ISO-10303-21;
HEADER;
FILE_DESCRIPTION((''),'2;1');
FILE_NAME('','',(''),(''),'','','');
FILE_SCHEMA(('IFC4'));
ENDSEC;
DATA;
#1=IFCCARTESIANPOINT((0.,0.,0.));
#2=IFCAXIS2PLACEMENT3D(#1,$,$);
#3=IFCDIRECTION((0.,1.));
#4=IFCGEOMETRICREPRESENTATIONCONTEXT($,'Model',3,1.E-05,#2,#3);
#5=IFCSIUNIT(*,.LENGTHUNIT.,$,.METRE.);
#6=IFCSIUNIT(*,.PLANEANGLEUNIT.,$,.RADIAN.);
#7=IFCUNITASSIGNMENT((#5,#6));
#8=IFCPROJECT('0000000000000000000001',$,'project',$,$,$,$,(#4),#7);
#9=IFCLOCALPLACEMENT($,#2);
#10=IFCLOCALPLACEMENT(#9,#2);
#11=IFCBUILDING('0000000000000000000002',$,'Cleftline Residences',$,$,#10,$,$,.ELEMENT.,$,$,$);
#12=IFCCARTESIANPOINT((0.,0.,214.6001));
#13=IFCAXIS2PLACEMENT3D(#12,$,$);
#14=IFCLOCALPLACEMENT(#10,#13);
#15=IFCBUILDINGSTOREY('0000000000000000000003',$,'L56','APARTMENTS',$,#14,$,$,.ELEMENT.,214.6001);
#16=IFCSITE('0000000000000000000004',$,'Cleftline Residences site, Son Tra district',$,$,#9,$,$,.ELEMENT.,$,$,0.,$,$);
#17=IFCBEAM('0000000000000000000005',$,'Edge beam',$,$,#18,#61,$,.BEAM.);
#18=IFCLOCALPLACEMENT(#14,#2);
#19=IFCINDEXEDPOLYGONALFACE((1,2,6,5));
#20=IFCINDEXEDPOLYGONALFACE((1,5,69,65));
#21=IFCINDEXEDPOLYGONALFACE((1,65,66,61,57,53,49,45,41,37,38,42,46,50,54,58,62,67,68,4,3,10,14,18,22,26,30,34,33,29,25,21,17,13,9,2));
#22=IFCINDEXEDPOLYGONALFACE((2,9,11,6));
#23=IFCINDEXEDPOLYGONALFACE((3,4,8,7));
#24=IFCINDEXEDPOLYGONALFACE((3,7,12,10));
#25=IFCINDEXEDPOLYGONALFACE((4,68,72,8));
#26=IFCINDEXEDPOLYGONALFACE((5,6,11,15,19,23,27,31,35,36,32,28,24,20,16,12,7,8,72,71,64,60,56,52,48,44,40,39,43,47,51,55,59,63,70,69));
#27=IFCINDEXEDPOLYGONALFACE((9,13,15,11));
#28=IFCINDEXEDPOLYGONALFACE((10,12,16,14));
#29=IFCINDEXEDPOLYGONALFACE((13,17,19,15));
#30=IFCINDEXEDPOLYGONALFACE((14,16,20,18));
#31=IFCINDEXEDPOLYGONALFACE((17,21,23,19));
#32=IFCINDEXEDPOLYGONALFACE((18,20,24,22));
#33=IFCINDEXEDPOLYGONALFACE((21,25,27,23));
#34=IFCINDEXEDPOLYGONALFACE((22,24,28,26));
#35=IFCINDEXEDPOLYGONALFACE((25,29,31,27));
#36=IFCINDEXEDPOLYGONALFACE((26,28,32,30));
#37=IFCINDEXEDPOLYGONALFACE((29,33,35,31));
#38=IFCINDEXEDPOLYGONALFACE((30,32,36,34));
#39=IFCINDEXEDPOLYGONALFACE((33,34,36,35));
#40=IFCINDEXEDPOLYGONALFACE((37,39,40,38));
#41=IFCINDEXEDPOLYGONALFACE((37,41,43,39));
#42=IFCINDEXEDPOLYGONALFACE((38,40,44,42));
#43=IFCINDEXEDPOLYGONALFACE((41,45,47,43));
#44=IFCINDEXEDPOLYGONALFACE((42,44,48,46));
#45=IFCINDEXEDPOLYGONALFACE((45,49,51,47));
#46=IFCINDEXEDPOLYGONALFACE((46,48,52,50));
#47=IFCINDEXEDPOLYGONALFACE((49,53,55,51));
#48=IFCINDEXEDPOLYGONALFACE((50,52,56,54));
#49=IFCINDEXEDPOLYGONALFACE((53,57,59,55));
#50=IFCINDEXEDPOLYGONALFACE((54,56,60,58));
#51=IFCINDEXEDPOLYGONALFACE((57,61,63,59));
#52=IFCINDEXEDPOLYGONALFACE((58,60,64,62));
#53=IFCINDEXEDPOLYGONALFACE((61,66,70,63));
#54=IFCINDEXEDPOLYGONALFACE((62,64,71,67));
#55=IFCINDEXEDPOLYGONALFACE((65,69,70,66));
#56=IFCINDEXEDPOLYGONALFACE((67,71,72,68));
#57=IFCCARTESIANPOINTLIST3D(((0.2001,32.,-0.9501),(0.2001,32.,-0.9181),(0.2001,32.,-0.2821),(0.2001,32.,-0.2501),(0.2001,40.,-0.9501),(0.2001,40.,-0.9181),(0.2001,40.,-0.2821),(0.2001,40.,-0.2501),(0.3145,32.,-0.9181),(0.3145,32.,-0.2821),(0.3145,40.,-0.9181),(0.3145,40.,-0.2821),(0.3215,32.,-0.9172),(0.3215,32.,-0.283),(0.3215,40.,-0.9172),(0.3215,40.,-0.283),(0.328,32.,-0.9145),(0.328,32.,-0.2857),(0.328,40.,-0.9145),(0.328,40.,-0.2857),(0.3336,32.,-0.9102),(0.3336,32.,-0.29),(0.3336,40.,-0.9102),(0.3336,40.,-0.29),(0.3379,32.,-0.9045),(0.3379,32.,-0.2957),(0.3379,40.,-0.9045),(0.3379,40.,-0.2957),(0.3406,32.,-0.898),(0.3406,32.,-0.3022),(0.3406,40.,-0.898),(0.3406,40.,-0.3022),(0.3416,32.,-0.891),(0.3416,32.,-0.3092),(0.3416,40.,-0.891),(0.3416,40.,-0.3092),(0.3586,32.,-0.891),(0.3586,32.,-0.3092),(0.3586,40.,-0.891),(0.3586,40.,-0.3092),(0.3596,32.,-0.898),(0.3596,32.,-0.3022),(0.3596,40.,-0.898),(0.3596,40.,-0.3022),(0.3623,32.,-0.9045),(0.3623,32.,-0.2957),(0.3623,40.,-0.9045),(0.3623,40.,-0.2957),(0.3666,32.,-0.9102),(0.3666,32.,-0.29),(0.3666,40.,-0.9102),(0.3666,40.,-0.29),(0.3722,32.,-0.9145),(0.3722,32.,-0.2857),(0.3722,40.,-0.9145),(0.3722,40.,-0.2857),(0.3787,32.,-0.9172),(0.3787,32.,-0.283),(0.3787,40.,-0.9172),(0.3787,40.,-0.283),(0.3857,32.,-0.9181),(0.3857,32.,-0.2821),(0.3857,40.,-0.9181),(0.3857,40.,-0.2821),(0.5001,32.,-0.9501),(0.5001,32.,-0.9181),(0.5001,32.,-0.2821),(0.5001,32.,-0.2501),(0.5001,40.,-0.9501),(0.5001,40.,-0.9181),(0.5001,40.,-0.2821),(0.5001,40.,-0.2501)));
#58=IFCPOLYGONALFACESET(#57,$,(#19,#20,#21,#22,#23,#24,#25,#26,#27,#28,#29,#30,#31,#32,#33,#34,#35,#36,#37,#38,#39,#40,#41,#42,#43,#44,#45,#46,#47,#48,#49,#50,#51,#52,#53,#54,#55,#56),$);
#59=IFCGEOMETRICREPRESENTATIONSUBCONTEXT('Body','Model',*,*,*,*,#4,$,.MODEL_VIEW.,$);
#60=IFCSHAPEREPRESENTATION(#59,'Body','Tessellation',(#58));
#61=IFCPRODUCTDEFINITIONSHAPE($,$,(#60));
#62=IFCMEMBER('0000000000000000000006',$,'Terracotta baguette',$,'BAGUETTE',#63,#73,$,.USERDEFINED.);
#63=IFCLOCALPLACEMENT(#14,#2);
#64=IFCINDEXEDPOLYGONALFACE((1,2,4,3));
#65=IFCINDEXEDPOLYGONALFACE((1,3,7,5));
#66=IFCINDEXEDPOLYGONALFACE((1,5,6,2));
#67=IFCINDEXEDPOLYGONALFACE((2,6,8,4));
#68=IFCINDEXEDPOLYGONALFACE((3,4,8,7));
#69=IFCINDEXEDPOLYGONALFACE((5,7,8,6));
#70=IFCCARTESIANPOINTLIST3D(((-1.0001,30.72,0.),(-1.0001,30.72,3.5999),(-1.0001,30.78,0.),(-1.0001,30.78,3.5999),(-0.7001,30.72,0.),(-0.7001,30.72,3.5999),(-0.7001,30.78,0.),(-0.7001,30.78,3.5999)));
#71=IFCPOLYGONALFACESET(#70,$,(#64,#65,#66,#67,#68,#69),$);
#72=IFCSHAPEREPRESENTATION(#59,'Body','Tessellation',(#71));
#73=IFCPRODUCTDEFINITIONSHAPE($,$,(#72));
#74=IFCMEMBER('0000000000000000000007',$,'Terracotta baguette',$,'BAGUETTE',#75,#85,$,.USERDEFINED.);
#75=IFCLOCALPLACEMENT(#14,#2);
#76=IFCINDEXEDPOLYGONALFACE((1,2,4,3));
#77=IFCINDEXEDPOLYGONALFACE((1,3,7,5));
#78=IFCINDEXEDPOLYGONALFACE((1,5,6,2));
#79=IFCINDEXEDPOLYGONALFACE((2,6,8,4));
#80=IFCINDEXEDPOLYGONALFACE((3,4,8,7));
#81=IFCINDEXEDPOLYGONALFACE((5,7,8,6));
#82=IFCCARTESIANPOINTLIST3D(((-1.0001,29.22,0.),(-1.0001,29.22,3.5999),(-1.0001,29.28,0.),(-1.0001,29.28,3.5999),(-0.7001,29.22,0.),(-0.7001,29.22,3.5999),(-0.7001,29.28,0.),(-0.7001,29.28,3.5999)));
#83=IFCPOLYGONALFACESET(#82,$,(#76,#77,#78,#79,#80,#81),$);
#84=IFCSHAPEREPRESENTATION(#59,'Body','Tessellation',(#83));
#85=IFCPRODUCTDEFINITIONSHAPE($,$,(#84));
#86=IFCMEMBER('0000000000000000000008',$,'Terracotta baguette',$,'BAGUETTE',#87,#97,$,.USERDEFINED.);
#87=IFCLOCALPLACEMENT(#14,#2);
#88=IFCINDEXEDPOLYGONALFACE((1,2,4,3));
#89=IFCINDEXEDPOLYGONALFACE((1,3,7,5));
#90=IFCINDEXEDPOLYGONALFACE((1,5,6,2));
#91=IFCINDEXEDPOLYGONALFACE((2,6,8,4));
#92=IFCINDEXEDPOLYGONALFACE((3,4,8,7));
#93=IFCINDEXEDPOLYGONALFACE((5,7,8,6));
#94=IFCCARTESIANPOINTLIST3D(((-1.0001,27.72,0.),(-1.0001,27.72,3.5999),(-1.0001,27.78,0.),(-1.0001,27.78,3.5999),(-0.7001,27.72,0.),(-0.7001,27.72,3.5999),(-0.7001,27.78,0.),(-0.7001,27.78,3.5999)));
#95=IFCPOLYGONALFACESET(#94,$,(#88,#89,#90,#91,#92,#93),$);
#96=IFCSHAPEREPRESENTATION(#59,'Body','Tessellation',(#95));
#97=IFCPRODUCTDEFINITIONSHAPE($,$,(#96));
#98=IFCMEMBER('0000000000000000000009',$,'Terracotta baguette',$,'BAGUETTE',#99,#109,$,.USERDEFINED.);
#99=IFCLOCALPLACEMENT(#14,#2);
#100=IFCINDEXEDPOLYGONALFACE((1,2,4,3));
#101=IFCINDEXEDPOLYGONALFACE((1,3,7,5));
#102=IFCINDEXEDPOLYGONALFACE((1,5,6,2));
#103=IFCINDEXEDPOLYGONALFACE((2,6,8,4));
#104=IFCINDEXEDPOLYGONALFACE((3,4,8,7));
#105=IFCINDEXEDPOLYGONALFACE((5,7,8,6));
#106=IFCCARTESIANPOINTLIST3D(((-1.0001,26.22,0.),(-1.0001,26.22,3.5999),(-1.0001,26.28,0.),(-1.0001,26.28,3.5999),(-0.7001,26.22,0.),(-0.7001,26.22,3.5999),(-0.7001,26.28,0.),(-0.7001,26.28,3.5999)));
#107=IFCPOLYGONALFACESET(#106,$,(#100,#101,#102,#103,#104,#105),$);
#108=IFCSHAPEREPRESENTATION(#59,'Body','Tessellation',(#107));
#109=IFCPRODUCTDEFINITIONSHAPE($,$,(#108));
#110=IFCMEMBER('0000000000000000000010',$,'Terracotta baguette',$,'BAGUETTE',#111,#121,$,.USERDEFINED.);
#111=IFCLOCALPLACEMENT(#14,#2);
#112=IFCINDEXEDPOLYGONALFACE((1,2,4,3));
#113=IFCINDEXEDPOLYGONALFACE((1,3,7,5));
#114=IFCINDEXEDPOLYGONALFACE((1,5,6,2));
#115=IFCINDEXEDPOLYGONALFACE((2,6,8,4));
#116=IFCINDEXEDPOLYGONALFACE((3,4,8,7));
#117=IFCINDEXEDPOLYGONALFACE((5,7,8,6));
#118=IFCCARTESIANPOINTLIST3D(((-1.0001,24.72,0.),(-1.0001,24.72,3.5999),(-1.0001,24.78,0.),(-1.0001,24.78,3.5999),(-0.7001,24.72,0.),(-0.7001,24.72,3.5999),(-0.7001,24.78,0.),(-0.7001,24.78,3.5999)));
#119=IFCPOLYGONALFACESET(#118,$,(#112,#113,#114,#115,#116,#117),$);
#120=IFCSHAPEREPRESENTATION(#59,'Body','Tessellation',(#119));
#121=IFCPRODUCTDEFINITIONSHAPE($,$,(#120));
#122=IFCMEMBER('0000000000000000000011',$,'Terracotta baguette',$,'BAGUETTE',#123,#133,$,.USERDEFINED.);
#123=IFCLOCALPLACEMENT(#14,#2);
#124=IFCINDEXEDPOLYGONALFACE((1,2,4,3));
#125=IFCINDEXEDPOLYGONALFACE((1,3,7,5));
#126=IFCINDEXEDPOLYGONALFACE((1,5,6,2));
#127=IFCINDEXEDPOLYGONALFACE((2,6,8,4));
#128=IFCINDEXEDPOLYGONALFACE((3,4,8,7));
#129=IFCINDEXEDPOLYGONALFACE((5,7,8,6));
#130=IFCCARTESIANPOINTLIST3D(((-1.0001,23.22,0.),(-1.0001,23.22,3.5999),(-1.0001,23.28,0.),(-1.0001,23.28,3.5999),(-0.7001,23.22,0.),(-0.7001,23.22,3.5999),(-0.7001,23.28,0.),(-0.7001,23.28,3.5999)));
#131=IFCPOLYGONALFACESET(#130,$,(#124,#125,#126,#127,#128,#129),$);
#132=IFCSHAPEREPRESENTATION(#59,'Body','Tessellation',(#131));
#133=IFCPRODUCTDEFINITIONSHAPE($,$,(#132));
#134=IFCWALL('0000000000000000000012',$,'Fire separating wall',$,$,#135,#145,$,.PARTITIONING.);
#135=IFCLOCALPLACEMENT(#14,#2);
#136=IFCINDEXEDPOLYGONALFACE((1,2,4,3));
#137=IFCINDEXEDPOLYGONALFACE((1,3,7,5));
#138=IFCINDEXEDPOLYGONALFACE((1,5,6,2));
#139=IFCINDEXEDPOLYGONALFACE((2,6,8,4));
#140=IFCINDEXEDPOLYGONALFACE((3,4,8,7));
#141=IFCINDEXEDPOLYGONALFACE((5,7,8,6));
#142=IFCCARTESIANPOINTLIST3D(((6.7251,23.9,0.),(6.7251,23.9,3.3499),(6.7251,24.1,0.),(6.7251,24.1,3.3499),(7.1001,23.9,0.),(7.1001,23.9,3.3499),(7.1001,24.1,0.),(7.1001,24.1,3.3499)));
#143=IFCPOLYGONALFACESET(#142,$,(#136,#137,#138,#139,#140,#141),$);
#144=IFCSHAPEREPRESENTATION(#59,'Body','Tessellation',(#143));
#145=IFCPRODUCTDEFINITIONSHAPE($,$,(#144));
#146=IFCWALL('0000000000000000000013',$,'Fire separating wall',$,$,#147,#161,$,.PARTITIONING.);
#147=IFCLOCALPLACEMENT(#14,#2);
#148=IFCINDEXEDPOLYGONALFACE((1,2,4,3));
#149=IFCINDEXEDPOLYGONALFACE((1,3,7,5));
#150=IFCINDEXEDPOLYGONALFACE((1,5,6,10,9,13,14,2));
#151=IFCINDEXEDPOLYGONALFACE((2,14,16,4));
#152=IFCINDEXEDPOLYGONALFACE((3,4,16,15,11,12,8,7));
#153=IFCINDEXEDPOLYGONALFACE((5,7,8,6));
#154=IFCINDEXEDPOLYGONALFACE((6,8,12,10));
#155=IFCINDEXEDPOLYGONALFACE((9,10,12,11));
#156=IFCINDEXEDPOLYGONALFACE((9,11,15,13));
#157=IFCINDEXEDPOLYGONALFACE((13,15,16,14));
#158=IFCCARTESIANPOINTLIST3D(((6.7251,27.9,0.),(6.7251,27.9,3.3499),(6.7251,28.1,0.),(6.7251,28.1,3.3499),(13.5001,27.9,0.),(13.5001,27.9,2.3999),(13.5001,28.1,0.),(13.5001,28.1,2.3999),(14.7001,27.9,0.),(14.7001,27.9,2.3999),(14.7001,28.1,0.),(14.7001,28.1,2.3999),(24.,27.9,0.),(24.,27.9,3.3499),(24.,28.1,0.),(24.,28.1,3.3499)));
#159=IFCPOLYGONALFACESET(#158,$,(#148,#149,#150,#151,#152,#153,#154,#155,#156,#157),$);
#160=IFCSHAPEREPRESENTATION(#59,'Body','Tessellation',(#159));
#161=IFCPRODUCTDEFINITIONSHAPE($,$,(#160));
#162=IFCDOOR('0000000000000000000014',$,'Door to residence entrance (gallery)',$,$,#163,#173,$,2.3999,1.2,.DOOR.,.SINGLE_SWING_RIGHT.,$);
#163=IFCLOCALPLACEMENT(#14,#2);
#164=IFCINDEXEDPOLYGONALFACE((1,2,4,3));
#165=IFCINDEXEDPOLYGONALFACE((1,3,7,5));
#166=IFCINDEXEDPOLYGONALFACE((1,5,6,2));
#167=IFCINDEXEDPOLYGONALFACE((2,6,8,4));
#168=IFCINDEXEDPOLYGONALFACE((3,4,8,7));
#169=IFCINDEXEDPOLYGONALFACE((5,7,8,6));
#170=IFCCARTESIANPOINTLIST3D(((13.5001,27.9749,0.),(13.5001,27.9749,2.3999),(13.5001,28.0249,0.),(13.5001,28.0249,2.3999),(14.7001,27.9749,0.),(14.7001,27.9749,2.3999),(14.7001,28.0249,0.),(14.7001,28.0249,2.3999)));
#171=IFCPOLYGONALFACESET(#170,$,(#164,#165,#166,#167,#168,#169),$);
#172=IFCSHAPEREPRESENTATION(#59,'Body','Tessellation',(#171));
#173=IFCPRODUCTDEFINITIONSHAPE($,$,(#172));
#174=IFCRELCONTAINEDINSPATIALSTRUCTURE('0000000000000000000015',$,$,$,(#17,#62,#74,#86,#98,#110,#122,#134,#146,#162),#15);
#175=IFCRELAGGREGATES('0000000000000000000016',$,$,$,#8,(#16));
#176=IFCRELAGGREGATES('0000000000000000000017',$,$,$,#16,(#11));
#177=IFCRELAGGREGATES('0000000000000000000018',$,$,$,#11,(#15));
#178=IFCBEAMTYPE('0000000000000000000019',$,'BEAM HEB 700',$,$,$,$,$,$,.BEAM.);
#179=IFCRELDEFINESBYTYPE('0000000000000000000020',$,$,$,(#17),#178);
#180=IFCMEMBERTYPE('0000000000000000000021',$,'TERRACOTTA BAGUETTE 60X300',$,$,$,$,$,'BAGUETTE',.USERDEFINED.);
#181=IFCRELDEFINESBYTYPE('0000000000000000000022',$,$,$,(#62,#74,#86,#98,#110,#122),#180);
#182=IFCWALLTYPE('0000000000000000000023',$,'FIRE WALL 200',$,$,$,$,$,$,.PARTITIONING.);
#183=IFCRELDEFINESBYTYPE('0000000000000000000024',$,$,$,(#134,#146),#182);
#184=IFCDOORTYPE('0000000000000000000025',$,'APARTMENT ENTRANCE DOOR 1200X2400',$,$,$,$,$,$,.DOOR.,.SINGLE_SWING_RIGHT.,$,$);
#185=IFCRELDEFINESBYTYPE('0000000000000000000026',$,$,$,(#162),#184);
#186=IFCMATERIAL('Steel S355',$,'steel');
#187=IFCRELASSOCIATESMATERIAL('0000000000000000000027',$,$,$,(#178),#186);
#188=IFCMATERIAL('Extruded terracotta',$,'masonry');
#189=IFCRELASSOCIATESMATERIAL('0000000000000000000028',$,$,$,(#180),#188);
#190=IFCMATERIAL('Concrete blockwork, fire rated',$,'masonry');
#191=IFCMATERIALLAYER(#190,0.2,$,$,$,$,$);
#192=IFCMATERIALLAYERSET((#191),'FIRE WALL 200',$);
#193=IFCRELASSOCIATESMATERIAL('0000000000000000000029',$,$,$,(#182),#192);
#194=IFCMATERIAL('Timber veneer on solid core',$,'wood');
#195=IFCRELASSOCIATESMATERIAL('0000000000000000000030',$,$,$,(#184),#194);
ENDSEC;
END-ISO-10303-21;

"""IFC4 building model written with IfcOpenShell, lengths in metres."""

from ifc_helpers import new_model, si_unit, direction, frame, frame_2d, origin, origin_2d, place, context, subcontext, project, spatial, rectangle, i_section, extrude, material, layer, layer_set, material_profile, profile_set, type_object, element, fill, save


model = new_model("IFC4")

# Units and contexts
model_context = context("Model", 3, precision=1e-05, world=origin(), true_north=direction((0.0, 1.0)))
body_context = subcontext(model_context, "Body", "Model", "MODEL_VIEW")
ifc_project = project(units=[si_unit("LENGTHUNIT", "METRE"), si_unit("PLANEANGLEUNIT", "RADIAN")], contexts=[model_context])

# Site, building, storey
site_placement = place(None, origin())
site = spatial("IfcSite", under=ifc_project, at=site_placement, Name="Cleftline Residences site, Son Tra district", CompositionType="ELEMENT", RefElevation=0.0)
building_placement = place(site_placement, origin())
building = spatial("IfcBuilding", under=site, at=building_placement, Name="Cleftline Residences", CompositionType="ELEMENT")
storey_placement = place(building_placement, frame((0.0, 0.0, 214.6001)))
storey = spatial("IfcBuildingStorey", under=building, at=storey_placement, Name="L56", Description="APARTMENTS", CompositionType="ELEMENT", Elevation=214.6001)

# Beam
ifc_material_1 = material(Name="Steel S355", Category="steel")
ifc_material_profile_1 = material_profile(ifc_material_1, i_section(OverallWidth=0.3, OverallDepth=0.7, WebThickness=0.0171, FlangeThickness=0.032, FilletRadius=0.0271, at=origin_2d()))
ifc_profile_set_1 = profile_set([ifc_material_profile_1], Name="Steel S355")
beam_type = type_object("IfcBeamType", Name="BEAM HEB 700", PredefinedType="BEAM", material=ifc_profile_set_1)
for number, where, z_axis, x_axis, name in (
    (1, (0.3501, 32.0, -0.6001), (0.0, 1.0, 0.0), (-1.0, 0.0, 0.0), "Edge beam"),
):
    element("IfcBeam", number, at=place(storey_placement, frame(where, z_axis=z_axis, x_axis=x_axis)), inside=storey, type_object=beam_type, Name=name, PredefinedType="BEAM", context=body_context, shape_type="SweptSolid", body=[
        extrude(i_section(OverallWidth=0.3, OverallDepth=0.7, WebThickness=0.0171, FlangeThickness=0.032, FilletRadius=0.0271, at=origin_2d()), origin(), (0.0, 0.0, 1.0), 8.0),
    ])

# Members
ifc_material_2 = material(Name="Extruded terracotta", Category="masonry")
ifc_material_profile_2 = material_profile(ifc_material_2, rectangle(XDim=0.0601, YDim=0.3, at=origin_2d()))
ifc_profile_set_2 = profile_set([ifc_material_profile_2], Name="Extruded terracotta")
member_type_1 = type_object("IfcMemberType", Name="TERRACOTTA BAGUETTE 60X300", ElementType="BAGUETTE", PredefinedType="USERDEFINED", material=ifc_profile_set_2)
for number, where, z_axis, x_axis, name in (
    (2, (-0.8501, 30.75, 0.0), (0.0, 0.0, 1.0), (0.0, 1.0, 0.0), "Terracotta baguette"),
    (3, (-0.8501, 29.25, 0.0), (0.0, 0.0, 1.0), (0.0, 1.0, 0.0), "Terracotta baguette"),
    (4, (-0.8501, 27.75, 0.0), (0.0, 0.0, 1.0), (0.0, 1.0, 0.0), "Terracotta baguette"),
    (5, (-0.8501, 26.25, 0.0), (0.0, 0.0, 1.0), (0.0, 1.0, 0.0), "Terracotta baguette"),
    (6, (-0.8501, 24.75, 0.0), (0.0, 0.0, 1.0), (0.0, 1.0, 0.0), "Terracotta baguette"),
    (7, (-0.8501, 23.25, 0.0), (0.0, 0.0, 1.0), (0.0, 1.0, 0.0), "Terracotta baguette"),
):
    element("IfcMember", number, at=place(storey_placement, frame(where, z_axis=z_axis, x_axis=x_axis)), inside=storey, type_object=member_type_1, Name=name, ObjectType="BAGUETTE", PredefinedType="USERDEFINED", context=body_context, shape_type="SweptSolid", body=[
        extrude(rectangle(XDim=0.0601, YDim=0.3, at=origin_2d()), origin(), (0.0, 0.0, 1.0), 3.5999),
    ])

# Wall
ifc_material_3 = material(Name="Concrete blockwork, fire rated", Category="masonry")
ifc_layer_1 = layer(ifc_material_3, 0.2)
ifc_layer_set_1 = layer_set([ifc_layer_1], Name="FIRE WALL 200")
wall_type_1 = type_object("IfcWallType", Name="FIRE WALL 200", PredefinedType="PARTITIONING", material=ifc_layer_set_1)
wall_1_placement = place(storey_placement, frame((6.7251, 24.0, 0.0), z_axis=(0.0, 0.0, 1.0), x_axis=(1.0, 0.0, 0.0)))
element("IfcWall", 8, at=wall_1_placement, inside=storey, type_object=wall_type_1, Name="Fire separating wall", PredefinedType="PARTITIONING", context=body_context, shape_type="SweptSolid", body=[
    extrude(rectangle(XDim=0.375, YDim=0.2, at=frame_2d((0.1875, 0.0))), origin(), (0.0, 0.0, 1.0), 3.3499),
])

# Wall, opening, door
wall_2_placement = place(storey_placement, frame((6.7251, 28.0, 0.0), z_axis=(0.0, 0.0, 1.0), x_axis=(1.0, 0.0, 0.0)))
wall_2 = element("IfcWall", 9, at=wall_2_placement, inside=storey, type_object=wall_type_1, Name="Fire separating wall", PredefinedType="PARTITIONING", context=body_context, shape_type="SweptSolid", body=[
    extrude(rectangle(XDim=17.2749, YDim=0.2, at=frame_2d((8.6375, 0.0))), origin(), (0.0, 0.0, 1.0), 3.3499),
])
opening_1_placement = place(wall_2_placement, frame((6.7749, 0.0, 0.0)))
opening_1 = element("IfcOpeningElement", 10, at=opening_1_placement, cuts=wall_2, PredefinedType="OPENING", context=body_context, shape_type="SweptSolid", body=[
    extrude(rectangle(XDim=1.2, YDim=2.3999, at=frame_2d((0.6001, 1.2))), frame((0.0, 0.1099, 0.0), z_axis=(0.0, -1.0, 0.0), x_axis=(1.0, 0.0, 0.0)), (0.0, 0.0, 1.0), 0.22),
])
ifc_material_4 = material(Name="Timber veneer on solid core", Category="wood")
door_type_1 = type_object("IfcDoorType", Name="APARTMENT ENTRANCE DOOR 1200X2400", OperationType="SINGLE_SWING_RIGHT", PredefinedType="DOOR", material=ifc_material_4)
door_1_placement = place(opening_1_placement, origin())
door_1 = element("IfcDoor", 11, at=door_1_placement, inside=storey, type_object=door_type_1, Name="Door to residence entrance (gallery)", OperationType="SINGLE_SWING_RIGHT", OverallHeight=2.3999, OverallWidth=1.2, PredefinedType="DOOR", context=body_context, shape_type="SweptSolid", body=[
    extrude(rectangle(XDim=1.2, YDim=2.3999, at=frame_2d((0.6001, 1.2))), frame((0.0, 0.0249, 0.0), z_axis=(0.0, -1.0, 0.0), x_axis=(1.0, 0.0, 0.0)), (0.0, 0.0, 1.0), 0.05),
])
fill(opening_1, door_1)

save(model, "model.ifc")
